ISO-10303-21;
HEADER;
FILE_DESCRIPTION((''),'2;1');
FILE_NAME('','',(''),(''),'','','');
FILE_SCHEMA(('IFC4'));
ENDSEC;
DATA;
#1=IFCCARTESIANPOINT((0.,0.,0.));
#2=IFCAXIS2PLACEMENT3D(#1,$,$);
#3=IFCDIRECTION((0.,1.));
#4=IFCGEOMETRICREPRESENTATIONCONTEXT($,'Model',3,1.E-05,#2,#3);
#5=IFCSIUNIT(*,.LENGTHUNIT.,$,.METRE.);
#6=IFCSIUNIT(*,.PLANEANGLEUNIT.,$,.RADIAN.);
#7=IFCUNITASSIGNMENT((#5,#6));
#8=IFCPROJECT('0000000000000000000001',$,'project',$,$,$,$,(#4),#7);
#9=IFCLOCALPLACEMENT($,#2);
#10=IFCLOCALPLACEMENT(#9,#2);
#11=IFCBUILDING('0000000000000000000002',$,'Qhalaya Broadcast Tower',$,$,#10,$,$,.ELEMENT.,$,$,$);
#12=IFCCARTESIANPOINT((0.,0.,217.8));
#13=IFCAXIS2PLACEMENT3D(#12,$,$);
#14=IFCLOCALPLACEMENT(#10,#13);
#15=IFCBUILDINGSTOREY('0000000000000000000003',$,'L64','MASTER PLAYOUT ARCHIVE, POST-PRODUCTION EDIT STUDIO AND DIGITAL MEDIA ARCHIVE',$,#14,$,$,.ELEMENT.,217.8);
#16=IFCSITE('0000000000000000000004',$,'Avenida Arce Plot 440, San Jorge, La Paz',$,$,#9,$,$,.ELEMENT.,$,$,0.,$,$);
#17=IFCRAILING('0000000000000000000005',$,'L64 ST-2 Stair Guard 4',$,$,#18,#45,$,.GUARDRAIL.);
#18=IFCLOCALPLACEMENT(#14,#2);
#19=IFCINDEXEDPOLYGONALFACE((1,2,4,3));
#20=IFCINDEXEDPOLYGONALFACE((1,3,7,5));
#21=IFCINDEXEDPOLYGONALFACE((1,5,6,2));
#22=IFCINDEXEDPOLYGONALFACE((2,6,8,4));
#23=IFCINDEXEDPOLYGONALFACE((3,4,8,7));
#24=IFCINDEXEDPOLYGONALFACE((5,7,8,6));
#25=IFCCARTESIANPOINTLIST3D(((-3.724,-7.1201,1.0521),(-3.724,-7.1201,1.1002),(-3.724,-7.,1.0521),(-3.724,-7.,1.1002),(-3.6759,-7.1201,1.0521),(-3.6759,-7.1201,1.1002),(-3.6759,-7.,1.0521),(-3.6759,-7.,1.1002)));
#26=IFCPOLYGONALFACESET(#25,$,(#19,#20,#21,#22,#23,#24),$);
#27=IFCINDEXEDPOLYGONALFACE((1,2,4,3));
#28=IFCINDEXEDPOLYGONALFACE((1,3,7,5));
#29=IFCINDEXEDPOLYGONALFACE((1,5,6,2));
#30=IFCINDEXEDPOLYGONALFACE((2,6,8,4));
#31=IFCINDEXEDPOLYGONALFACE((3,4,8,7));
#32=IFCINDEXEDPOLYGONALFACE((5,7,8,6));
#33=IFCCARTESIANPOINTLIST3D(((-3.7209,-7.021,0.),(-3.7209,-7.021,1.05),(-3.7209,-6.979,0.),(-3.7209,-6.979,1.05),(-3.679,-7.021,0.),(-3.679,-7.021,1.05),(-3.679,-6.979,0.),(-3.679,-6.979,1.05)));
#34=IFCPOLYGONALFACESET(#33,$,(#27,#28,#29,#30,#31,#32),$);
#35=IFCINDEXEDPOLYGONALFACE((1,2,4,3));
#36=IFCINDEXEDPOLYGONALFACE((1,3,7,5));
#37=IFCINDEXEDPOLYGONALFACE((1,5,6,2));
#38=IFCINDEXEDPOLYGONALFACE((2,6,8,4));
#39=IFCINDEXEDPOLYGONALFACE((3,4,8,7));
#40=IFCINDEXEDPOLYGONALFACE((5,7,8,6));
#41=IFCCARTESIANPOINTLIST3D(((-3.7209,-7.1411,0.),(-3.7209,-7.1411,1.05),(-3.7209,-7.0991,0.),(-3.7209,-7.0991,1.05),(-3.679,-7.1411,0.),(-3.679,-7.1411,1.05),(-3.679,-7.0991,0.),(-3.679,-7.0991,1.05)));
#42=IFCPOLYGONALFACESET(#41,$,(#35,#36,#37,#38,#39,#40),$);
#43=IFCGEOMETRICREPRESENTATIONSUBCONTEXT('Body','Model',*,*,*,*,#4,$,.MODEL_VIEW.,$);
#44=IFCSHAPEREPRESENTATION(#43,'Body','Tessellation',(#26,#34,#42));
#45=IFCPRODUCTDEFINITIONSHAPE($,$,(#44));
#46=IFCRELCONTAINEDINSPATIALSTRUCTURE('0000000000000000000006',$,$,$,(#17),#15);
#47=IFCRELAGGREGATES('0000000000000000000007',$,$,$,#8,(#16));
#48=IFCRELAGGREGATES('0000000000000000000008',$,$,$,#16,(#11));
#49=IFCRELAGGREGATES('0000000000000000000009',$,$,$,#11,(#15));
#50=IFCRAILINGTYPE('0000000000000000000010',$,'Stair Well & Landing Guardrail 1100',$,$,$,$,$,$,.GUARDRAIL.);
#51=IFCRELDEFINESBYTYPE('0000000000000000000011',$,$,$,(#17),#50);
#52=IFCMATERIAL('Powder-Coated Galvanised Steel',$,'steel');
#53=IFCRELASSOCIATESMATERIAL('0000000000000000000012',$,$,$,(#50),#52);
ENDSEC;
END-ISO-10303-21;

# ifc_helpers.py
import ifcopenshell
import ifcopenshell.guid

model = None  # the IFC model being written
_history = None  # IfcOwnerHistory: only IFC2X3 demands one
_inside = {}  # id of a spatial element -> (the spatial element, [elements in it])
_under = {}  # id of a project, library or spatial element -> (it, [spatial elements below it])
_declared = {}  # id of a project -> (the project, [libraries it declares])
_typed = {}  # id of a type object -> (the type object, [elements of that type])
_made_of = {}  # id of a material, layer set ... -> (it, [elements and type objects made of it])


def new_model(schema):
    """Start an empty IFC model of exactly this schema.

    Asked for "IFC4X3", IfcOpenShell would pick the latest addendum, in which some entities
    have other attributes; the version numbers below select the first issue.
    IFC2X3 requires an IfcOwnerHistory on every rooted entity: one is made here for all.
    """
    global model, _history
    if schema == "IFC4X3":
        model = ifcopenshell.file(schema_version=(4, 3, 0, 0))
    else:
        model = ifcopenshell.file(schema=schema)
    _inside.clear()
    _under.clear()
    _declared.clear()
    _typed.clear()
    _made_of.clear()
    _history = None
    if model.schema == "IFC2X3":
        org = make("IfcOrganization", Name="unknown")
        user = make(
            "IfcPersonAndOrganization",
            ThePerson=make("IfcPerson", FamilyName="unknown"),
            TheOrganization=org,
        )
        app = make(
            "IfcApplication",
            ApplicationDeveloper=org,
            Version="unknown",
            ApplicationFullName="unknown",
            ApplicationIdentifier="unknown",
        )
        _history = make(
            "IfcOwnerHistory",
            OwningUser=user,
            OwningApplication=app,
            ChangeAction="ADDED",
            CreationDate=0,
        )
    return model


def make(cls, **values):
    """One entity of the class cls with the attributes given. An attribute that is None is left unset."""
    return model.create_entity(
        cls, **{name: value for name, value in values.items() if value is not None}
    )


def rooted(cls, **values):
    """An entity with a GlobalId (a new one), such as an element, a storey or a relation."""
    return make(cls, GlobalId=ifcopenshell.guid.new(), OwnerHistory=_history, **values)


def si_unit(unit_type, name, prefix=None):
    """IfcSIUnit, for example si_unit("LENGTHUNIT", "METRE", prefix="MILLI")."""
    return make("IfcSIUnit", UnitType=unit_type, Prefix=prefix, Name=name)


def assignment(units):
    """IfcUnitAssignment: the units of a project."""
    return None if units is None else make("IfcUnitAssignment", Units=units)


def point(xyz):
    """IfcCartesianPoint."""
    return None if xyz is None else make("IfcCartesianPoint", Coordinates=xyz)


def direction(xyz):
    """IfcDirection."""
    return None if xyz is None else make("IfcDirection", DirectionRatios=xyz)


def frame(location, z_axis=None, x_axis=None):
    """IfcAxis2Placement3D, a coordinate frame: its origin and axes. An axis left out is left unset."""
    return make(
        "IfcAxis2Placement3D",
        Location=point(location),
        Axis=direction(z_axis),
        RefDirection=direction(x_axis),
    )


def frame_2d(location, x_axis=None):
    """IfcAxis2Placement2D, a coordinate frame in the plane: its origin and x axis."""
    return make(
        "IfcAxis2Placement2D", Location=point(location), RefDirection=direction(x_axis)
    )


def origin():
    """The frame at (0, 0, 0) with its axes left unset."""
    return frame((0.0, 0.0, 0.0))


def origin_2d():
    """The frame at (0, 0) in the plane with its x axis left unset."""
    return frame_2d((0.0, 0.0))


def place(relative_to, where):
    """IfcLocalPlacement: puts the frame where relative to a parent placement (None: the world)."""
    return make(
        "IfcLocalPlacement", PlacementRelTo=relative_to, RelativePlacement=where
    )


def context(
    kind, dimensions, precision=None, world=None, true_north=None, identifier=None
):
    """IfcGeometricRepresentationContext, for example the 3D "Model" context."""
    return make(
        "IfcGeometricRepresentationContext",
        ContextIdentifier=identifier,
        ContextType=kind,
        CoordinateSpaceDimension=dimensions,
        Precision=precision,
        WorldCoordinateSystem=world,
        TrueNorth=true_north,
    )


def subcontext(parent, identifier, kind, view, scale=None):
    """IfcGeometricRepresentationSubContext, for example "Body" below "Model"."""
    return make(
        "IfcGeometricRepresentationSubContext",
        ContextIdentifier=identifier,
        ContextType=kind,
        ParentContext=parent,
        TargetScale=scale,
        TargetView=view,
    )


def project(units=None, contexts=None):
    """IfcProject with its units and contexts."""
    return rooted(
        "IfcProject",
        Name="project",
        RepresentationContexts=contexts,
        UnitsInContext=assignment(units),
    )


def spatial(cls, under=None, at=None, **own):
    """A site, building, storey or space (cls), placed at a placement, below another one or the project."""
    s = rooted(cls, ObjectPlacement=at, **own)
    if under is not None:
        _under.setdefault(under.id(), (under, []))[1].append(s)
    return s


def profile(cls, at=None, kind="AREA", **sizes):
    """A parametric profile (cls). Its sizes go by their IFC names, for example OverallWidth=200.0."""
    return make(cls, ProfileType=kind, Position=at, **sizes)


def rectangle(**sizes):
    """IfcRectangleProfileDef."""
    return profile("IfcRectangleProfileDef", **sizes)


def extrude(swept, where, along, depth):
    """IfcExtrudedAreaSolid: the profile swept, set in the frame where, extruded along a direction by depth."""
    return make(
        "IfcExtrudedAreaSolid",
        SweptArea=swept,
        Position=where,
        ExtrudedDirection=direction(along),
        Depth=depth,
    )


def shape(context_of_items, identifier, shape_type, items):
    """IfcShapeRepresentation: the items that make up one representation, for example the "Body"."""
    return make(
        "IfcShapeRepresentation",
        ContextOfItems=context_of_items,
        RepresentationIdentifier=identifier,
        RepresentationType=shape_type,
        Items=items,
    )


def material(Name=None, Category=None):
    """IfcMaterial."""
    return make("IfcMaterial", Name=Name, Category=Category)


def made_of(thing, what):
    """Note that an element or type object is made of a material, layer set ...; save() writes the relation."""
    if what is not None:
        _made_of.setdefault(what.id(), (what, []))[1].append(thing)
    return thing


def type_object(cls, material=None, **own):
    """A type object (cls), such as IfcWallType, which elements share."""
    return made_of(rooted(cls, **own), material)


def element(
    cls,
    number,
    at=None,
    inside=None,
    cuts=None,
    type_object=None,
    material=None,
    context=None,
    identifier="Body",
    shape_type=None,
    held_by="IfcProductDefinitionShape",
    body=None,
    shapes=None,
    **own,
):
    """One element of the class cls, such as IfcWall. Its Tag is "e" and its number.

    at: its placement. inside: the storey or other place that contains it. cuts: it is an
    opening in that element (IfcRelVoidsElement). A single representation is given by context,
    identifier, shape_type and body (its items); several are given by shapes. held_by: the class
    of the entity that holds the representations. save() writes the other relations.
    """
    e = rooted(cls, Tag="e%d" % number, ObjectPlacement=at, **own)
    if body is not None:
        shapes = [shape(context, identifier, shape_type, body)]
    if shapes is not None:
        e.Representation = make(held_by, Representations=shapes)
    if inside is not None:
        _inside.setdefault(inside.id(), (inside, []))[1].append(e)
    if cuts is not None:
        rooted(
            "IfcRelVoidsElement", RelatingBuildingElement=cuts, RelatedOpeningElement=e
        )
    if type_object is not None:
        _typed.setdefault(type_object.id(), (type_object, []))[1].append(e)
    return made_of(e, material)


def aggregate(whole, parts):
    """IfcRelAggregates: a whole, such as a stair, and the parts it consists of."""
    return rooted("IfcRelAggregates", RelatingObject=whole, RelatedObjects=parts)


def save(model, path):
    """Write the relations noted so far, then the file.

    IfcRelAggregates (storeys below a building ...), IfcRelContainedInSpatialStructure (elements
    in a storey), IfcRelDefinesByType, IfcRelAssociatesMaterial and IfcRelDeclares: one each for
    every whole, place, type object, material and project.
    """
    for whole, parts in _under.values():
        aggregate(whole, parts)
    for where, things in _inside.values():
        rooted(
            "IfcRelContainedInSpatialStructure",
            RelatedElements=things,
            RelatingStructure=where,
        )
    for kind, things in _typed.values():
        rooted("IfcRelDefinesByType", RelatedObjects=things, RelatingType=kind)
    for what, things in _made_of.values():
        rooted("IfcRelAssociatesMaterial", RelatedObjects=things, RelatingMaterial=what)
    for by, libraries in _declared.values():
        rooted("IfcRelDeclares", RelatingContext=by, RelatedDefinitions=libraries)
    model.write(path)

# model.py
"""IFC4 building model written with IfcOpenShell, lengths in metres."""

from ifc_helpers import new_model, si_unit, direction, frame, origin, origin_2d, place, context, subcontext, project, spatial, rectangle, extrude, material, type_object, element, save


model = new_model("IFC4")

# Units and contexts
model_context = context("Model", 3, precision=1e-05, world=origin(), true_north=direction((0.0, 1.0)))
body_context = subcontext(model_context, "Body", "Model", "MODEL_VIEW")
ifc_project = project(units=[si_unit("LENGTHUNIT", "METRE"), si_unit("PLANEANGLEUNIT", "RADIAN")], contexts=[model_context])

# Site, building, storey
site_placement = place(None, origin())
site = spatial("IfcSite", under=ifc_project, at=site_placement, Name="Avenida Arce Plot 440, San Jorge, La Paz", CompositionType="ELEMENT", RefElevation=0.0)
building_placement = place(site_placement, origin())
building = spatial("IfcBuilding", under=site, at=building_placement, Name="Qhalaya Broadcast Tower", CompositionType="ELEMENT")
storey_placement = place(building_placement, frame((0.0, 0.0, 217.8)))
storey = spatial("IfcBuildingStorey", under=building, at=storey_placement, Name="L64", Description="MASTER PLAYOUT ARCHIVE, POST-PRODUCTION EDIT STUDIO AND DIGITAL MEDIA ARCHIVE", CompositionType="ELEMENT", Elevation=217.8)

# Railing
ifc_material_1 = material(Name="Powder-Coated Galvanised Steel", Category="steel")
railing_type_1 = type_object("IfcRailingType", Name="Stair Well & Landing Guardrail 1100", PredefinedType="GUARDRAIL", material=ifc_material_1)
railing_1_placement = place(storey_placement, frame((-3.7, -7.0, 0.0)))
element("IfcRailing", 1, at=railing_1_placement, inside=storey, type_object=railing_type_1, Name="L64 ST-2 Stair Guard 4", PredefinedType="GUARDRAIL", context=body_context, shape_type="SweptSolid", body=[
    extrude(rectangle(XDim=0.0481, YDim=0.0481, at=origin_2d()), frame((0.0, 0.0, 1.0762), z_axis=(0.0, -1.0, 0.0), x_axis=(1.0, 0.0, 0.0)), (0.0, 0.0, 1.0), 0.1201),
    extrude(rectangle(XDim=0.042, YDim=0.042, at=origin_2d()), origin(), (0.0, 0.0, 1.0), 1.05),
    extrude(rectangle(XDim=0.042, YDim=0.042, at=origin_2d()), frame((0.0, -0.1201, 0.0)), (0.0, 0.0, 1.0), 1.05),
])

save(model, "model.ifc")
